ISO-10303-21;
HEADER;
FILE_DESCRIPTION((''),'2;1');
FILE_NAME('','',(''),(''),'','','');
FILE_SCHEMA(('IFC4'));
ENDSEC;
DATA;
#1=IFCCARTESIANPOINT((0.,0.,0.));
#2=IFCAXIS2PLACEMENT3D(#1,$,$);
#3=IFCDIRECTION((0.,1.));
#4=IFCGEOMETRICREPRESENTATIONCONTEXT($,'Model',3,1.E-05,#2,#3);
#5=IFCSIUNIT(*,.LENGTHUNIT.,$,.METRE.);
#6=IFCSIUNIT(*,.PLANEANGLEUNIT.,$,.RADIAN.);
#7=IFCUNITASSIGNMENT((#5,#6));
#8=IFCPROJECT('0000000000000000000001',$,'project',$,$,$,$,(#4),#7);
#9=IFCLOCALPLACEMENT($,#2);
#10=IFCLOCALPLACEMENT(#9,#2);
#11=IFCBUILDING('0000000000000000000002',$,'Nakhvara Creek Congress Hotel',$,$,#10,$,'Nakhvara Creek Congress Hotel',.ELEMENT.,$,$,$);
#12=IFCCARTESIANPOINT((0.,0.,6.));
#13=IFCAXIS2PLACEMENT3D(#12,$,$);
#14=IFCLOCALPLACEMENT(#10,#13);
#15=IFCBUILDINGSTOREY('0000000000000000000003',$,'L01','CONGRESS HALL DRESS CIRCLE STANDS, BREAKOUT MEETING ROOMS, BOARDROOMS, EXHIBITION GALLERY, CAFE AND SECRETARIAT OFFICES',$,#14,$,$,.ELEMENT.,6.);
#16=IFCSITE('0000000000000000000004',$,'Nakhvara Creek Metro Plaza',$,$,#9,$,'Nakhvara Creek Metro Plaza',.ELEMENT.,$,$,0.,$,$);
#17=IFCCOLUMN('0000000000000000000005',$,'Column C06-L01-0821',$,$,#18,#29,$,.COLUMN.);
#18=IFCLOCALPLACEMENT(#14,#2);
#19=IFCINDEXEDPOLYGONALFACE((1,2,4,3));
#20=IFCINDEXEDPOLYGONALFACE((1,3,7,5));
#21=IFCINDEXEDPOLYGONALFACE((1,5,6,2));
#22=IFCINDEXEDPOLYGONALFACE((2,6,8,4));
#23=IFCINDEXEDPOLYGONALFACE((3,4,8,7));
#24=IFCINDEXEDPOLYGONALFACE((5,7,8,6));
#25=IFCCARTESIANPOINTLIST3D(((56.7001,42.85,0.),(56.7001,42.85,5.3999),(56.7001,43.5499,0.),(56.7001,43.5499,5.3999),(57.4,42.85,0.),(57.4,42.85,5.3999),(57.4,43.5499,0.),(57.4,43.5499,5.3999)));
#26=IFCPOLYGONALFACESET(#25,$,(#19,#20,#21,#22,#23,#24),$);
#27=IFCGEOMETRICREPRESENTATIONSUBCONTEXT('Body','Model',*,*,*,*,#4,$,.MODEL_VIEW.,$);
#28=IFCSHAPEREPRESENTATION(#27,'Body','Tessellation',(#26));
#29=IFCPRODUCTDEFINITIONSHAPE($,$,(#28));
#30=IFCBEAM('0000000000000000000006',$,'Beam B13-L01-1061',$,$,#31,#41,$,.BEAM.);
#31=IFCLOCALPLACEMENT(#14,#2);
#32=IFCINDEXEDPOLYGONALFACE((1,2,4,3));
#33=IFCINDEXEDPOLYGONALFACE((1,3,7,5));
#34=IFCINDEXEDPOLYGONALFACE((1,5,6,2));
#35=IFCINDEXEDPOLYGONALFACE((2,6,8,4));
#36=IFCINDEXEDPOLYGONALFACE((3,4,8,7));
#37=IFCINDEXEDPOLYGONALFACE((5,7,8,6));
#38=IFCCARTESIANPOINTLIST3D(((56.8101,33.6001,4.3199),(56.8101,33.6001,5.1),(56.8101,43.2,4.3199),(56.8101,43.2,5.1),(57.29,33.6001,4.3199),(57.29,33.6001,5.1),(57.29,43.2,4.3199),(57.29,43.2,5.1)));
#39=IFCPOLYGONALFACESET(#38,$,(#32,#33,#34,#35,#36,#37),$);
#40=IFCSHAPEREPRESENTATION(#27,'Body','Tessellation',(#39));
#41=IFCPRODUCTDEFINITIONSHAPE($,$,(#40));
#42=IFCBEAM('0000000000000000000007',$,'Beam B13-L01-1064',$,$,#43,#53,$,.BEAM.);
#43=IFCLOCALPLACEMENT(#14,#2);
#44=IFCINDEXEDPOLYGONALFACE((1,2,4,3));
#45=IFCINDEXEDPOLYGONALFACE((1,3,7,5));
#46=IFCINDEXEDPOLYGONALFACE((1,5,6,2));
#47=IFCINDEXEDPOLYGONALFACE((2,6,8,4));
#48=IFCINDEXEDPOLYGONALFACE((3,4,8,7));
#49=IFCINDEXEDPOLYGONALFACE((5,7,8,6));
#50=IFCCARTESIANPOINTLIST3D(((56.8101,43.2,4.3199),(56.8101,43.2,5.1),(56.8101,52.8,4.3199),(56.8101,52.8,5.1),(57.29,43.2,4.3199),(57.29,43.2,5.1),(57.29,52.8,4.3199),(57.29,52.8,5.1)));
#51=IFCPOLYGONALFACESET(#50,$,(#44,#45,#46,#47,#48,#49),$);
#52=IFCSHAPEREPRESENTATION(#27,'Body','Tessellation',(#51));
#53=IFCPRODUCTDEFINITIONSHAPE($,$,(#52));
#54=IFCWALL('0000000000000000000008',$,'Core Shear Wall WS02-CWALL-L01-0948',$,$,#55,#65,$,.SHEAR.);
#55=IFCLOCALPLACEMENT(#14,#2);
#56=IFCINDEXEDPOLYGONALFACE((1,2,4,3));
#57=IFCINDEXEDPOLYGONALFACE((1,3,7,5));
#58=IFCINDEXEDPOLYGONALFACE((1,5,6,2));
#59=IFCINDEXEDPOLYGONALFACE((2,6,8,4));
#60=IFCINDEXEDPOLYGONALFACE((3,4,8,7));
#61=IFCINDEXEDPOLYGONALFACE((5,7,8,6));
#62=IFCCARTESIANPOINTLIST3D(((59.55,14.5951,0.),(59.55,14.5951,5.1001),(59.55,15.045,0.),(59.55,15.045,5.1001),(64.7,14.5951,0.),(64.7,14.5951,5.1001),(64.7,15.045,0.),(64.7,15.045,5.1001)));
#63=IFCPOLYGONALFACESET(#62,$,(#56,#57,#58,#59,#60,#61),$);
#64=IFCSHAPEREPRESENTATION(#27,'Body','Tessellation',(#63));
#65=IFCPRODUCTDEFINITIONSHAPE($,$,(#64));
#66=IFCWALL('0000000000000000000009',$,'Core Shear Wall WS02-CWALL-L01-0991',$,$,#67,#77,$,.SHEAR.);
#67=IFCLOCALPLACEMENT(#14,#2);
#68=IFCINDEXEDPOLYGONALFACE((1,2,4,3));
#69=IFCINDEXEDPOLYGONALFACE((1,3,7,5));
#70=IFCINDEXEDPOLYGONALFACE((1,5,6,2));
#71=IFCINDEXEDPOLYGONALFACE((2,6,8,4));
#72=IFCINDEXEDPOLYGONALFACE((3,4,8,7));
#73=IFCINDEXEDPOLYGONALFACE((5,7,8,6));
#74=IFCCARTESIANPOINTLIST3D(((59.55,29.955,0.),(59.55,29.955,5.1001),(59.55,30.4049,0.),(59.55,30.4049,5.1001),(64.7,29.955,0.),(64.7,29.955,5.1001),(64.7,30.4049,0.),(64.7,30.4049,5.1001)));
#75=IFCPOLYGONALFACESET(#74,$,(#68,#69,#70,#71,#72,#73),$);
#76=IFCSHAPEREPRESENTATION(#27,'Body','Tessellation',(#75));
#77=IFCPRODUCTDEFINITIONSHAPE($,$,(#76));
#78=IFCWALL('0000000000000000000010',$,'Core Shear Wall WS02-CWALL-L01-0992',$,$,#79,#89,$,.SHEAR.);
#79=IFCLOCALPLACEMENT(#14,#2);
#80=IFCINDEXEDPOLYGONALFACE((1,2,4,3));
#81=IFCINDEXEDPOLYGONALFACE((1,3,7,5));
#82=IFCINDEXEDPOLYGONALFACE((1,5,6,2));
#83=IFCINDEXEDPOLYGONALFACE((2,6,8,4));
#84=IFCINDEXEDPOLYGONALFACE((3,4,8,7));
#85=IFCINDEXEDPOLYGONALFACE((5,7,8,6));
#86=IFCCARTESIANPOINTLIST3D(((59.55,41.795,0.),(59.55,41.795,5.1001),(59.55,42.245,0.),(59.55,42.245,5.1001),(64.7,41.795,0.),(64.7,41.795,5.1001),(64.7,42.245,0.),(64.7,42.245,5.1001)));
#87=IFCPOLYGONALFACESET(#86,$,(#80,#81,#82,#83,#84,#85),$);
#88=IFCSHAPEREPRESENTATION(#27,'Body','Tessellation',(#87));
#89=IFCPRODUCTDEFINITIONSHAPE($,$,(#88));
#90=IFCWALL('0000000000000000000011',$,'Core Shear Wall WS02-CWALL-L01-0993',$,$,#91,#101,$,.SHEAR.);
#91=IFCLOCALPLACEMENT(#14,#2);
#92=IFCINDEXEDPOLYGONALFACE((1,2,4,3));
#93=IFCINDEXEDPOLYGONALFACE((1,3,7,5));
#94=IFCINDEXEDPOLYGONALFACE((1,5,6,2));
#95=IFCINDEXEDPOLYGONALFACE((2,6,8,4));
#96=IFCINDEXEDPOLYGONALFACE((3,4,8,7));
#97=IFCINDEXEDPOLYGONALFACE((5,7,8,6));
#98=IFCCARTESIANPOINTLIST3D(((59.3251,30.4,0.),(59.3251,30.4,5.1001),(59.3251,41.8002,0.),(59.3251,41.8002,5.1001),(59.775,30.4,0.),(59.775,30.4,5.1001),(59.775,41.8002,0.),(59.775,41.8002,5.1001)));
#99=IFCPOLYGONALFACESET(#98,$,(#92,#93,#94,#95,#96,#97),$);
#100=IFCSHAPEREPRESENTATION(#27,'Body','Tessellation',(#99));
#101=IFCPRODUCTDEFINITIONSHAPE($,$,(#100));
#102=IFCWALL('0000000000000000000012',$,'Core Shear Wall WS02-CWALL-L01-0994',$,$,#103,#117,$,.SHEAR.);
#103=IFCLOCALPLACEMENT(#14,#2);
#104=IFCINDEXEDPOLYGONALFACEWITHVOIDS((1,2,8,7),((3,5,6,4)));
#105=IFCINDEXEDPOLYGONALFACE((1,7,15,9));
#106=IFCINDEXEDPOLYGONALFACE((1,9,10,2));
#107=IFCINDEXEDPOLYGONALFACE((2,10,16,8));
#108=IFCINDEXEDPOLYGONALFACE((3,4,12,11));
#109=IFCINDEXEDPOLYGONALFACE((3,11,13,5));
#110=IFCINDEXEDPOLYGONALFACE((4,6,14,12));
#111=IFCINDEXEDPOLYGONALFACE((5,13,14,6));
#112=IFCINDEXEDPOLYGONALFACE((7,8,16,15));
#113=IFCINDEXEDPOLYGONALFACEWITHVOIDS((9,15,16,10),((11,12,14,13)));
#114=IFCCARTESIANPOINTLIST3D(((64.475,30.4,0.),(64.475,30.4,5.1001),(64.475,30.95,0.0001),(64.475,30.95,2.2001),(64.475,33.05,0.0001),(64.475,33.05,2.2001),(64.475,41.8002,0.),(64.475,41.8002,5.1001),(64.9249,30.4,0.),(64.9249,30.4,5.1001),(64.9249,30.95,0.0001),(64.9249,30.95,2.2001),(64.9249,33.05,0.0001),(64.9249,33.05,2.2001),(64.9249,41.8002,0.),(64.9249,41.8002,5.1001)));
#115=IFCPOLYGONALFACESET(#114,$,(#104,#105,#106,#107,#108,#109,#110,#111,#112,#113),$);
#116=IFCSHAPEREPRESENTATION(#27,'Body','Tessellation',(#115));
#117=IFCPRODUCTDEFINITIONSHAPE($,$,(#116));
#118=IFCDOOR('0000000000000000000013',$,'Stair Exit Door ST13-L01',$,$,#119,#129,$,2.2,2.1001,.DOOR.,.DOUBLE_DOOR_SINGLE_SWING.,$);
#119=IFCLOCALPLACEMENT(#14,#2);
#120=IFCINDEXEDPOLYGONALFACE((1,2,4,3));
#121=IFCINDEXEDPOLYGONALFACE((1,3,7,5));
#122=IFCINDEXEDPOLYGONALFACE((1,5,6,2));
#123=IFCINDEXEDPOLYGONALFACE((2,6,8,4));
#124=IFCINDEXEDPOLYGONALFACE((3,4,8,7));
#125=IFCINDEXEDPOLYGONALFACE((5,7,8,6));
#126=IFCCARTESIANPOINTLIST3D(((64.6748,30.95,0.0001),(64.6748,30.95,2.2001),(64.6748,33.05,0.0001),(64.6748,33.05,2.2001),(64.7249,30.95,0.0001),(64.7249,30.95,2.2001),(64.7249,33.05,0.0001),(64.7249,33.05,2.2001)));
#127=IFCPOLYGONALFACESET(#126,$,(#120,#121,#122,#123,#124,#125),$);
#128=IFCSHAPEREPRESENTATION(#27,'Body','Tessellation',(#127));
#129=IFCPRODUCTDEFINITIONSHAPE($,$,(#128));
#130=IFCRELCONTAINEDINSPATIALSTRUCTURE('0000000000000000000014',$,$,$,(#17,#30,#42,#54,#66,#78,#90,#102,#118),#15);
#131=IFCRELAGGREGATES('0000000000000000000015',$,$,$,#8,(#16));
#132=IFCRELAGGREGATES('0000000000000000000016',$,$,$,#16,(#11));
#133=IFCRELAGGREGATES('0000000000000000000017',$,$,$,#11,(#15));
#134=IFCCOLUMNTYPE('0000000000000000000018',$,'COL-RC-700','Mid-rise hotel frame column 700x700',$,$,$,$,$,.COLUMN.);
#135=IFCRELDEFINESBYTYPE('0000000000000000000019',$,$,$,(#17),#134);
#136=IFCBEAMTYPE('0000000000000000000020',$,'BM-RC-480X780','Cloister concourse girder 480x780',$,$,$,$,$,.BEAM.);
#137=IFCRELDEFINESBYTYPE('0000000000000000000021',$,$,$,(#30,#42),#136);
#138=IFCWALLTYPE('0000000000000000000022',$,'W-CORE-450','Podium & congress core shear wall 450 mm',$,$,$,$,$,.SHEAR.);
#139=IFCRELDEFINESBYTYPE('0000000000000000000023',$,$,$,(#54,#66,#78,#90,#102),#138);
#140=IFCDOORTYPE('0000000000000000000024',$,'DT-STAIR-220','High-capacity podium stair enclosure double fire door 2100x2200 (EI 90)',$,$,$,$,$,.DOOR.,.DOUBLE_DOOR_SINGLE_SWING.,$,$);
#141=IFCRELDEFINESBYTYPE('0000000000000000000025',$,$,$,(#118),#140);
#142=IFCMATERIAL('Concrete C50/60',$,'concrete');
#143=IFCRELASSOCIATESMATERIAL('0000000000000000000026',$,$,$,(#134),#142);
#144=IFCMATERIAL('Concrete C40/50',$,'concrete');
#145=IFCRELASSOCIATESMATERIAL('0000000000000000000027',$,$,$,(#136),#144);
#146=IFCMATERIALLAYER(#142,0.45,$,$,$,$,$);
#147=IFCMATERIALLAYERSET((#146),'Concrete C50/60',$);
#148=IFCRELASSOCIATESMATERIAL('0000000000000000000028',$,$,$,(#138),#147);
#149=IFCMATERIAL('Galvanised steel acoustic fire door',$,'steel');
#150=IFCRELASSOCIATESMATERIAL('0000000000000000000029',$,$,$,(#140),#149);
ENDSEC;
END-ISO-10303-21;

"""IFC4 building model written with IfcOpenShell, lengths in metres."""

from ifc_helpers import new_model, si_unit, direction, frame, frame_2d, origin, origin_2d, place, context, subcontext, project, spatial, rectangle, extrude, material, layer, layer_set, material_profile, profile_set, type_object, element, fill, save


model = new_model("IFC4")

# Units and contexts
model_context = context("Model", 3, precision=1e-05, world=origin(), true_north=direction((0.0, 1.0)))
body_context = subcontext(model_context, "Body", "Model", "MODEL_VIEW")
ifc_project = project(units=[si_unit("LENGTHUNIT", "METRE"), si_unit("PLANEANGLEUNIT", "RADIAN")], contexts=[model_context])

# Site, building, storey
site_placement = place(None, origin())
site = spatial("IfcSite", under=ifc_project, at=site_placement, Name="Nakhvara Creek Metro Plaza", LongName="Nakhvara Creek Metro Plaza", CompositionType="ELEMENT", RefElevation=0.0)
building_placement = place(site_placement, origin())
building = spatial("IfcBuilding", under=site, at=building_placement, Name="Nakhvara Creek Congress Hotel", LongName="Nakhvara Creek Congress Hotel", CompositionType="ELEMENT")
storey_placement = place(building_placement, frame((0.0, 0.0, 6.0)))
storey = spatial("IfcBuildingStorey", under=building, at=storey_placement, Name="L01", Description="CONGRESS HALL DRESS CIRCLE STANDS, BREAKOUT MEETING ROOMS, BOARDROOMS, EXHIBITION GALLERY, CAFE AND SECRETARIAT OFFICES", CompositionType="ELEMENT", Elevation=6.0)

# Column
ifc_material_1 = material(Name="Concrete C50/60", Category="concrete")
ifc_material_profile_1 = material_profile(ifc_material_1, rectangle(XDim=0.7, YDim=0.7, at=origin_2d()), Name="RC-COL 700x700", Category="LoadBearing")
ifc_profile_set_1 = profile_set([ifc_material_profile_1], Name="Concrete C50/60")
column_type = type_object("IfcColumnType", Name="COL-RC-700", Description="Mid-rise hotel frame column 700x700", PredefinedType="COLUMN", material=ifc_profile_set_1)
column_placement = place(storey_placement, frame((57.05, 43.2, 0.0), z_axis=(0.0, 0.0, 1.0), x_axis=(1.0, 0.0, 0.0)))
element("IfcColumn", 1, at=column_placement, inside=storey, type_object=column_type, Name="Column C06-L01-0821", PredefinedType="COLUMN", context=body_context, shape_type="SweptSolid", body=[
    extrude(rectangle(XDim=0.7, YDim=0.7, at=origin_2d()), origin(), (0.0, 0.0, 1.0), 5.3999),
])

# Beams
ifc_material_2 = material(Name="Concrete C40/50", Category="concrete")
ifc_material_profile_2 = material_profile(ifc_material_2, rectangle(XDim=0.48, YDim=0.78, at=origin_2d()), Name="RC-BM 480x780", Category="LoadBearing")
ifc_profile_set_2 = profile_set([ifc_material_profile_2], Name="Concrete C40/50")
beam_type = type_object("IfcBeamType", Name="BM-RC-480X780", Description="Cloister concourse girder 480x780", PredefinedType="BEAM", material=ifc_profile_set_2)
beam_1_placement = place(storey_placement, frame((57.05, 33.6001, 4.71), z_axis=(0.0, 1.0, 0.0), x_axis=(-1.0, 0.0, 0.0)))
element("IfcBeam", 2, at=beam_1_placement, inside=storey, type_object=beam_type, Name="Beam B13-L01-1061", PredefinedType="BEAM", context=body_context, shape_type="SweptSolid", body=[
    extrude(rectangle(XDim=0.48, YDim=0.78, at=origin_2d()), origin(), (0.0, 0.0, 1.0), 9.5999),
])
beam_2_placement = place(storey_placement, frame((57.05, 43.2, 4.71), z_axis=(0.0, 1.0, 0.0), x_axis=(-1.0, 0.0, 0.0)))
element("IfcBeam", 3, at=beam_2_placement, inside=storey, type_object=beam_type, Name="Beam B13-L01-1064", PredefinedType="BEAM", context=body_context, shape_type="SweptSolid", body=[
    extrude(rectangle(XDim=0.48, YDim=0.78, at=origin_2d()), origin(), (0.0, 0.0, 1.0), 9.6001),
])

# Walls
ifc_layer_1 = layer(ifc_material_1, 0.45)
ifc_layer_set_1 = layer_set([ifc_layer_1], Name="Concrete C50/60")
wall_type_1 = type_object("IfcWallType", Name="W-CORE-450", Description="Podium & congress core shear wall 450 mm", PredefinedType="SHEAR", material=ifc_layer_set_1)
for number, where, z_axis, x_axis, name in (
    (4, (59.55, 14.8201, 0.0), (0.0, 0.0, 1.0), (1.0, 0.0, 0.0), "Core Shear Wall WS02-CWALL-L01-0948"),
    (5, (59.55, 30.1799, 0.0), (0.0, 0.0, 1.0), (1.0, 0.0, 0.0), "Core Shear Wall WS02-CWALL-L01-0991"),
    (6, (59.55, 42.02, 0.0), (0.0, 0.0, 1.0), (1.0, 0.0, 0.0), "Core Shear Wall WS02-CWALL-L01-0992"),
):
    element("IfcWall", number, at=place(storey_placement, frame(where, z_axis=z_axis, x_axis=x_axis)), inside=storey, type_object=wall_type_1, Name=name, PredefinedType="SHEAR", context=body_context, shape_type="SweptSolid", body=[
        extrude(rectangle(XDim=5.1499, YDim=0.45, at=frame_2d((2.575, 0.0))), origin(), (0.0, 0.0, 1.0), 5.1001),
    ])
wall_1_placement = place(storey_placement, frame((59.55, 30.3999, 0.0), z_axis=(0.0, 0.0, 1.0), x_axis=(0.0, 1.0, 0.0)))
element("IfcWall", 7, at=wall_1_placement, inside=storey, type_object=wall_type_1, Name="Core Shear Wall WS02-CWALL-L01-0993", PredefinedType="SHEAR", context=body_context, shape_type="SweptSolid", body=[
    extrude(rectangle(XDim=11.4001, YDim=0.45, at=frame_2d((5.7002, 0.0))), origin(), (0.0, 0.0, 1.0), 5.1001),
])

# Wall, opening, door
wall_2_placement = place(storey_placement, frame((64.7, 30.3999, 0.0), z_axis=(0.0, 0.0, 1.0), x_axis=(0.0, 1.0, 0.0)))
wall_2 = element("IfcWall", 8, at=wall_2_placement, inside=storey, type_object=wall_type_1, Name="Core Shear Wall WS02-CWALL-L01-0994", PredefinedType="SHEAR", context=body_context, shape_type="SweptSolid", body=[
    extrude(rectangle(XDim=11.4001, YDim=0.45, at=frame_2d((5.7002, 0.0))), origin(), (0.0, 0.0, 1.0), 5.1001),
])
opening_1_placement = place(wall_2_placement, frame((0.55, 0.0, 0.0)))
opening_1 = element("IfcOpeningElement", 9, at=opening_1_placement, cuts=wall_2, PredefinedType="OPENING", context=body_context, shape_type="SweptSolid", body=[
    extrude(rectangle(XDim=2.1001, YDim=2.2, at=frame_2d((1.05, 1.1001))), frame((0.0, 0.2368, 0.0), z_axis=(0.0, -1.0, 0.0), x_axis=(1.0, 0.0, 0.0)), (0.0, 0.0, 1.0), 0.4739),
])
ifc_material_3 = material(Name="Galvanised steel acoustic fire door", Category="steel")
door_type_1 = type_object("IfcDoorType", Name="DT-STAIR-220", Description="High-capacity podium stair enclosure double fire door 2100x2200 (EI 90)", OperationType="DOUBLE_DOOR_SINGLE_SWING", PredefinedType="DOOR", material=ifc_material_3)
door_1_placement = place(opening_1_placement, frame((2.1001, 0.0, 0.0), z_axis=(0.0, 0.0, 1.0), x_axis=(-1.0, 0.0, 0.0)))
door_1 = element("IfcDoor", 10, at=door_1_placement, inside=storey, type_object=door_type_1, Name="Stair Exit Door ST13-L01", OperationType="DOUBLE_DOOR_SINGLE_SWING", OverallHeight=2.2, OverallWidth=2.1001, PredefinedType="DOOR", context=body_context, shape_type="SweptSolid", body=[
    extrude(rectangle(XDim=2.1001, YDim=2.2, at=frame_2d((1.05, 1.1001))), frame((0.0, 0.0249, 0.0), z_axis=(0.0, -1.0, 0.0), x_axis=(1.0, 0.0, 0.0)), (0.0, 0.0, 1.0), 0.05),
])
fill(opening_1, door_1)

save(model, "model.ifc")
